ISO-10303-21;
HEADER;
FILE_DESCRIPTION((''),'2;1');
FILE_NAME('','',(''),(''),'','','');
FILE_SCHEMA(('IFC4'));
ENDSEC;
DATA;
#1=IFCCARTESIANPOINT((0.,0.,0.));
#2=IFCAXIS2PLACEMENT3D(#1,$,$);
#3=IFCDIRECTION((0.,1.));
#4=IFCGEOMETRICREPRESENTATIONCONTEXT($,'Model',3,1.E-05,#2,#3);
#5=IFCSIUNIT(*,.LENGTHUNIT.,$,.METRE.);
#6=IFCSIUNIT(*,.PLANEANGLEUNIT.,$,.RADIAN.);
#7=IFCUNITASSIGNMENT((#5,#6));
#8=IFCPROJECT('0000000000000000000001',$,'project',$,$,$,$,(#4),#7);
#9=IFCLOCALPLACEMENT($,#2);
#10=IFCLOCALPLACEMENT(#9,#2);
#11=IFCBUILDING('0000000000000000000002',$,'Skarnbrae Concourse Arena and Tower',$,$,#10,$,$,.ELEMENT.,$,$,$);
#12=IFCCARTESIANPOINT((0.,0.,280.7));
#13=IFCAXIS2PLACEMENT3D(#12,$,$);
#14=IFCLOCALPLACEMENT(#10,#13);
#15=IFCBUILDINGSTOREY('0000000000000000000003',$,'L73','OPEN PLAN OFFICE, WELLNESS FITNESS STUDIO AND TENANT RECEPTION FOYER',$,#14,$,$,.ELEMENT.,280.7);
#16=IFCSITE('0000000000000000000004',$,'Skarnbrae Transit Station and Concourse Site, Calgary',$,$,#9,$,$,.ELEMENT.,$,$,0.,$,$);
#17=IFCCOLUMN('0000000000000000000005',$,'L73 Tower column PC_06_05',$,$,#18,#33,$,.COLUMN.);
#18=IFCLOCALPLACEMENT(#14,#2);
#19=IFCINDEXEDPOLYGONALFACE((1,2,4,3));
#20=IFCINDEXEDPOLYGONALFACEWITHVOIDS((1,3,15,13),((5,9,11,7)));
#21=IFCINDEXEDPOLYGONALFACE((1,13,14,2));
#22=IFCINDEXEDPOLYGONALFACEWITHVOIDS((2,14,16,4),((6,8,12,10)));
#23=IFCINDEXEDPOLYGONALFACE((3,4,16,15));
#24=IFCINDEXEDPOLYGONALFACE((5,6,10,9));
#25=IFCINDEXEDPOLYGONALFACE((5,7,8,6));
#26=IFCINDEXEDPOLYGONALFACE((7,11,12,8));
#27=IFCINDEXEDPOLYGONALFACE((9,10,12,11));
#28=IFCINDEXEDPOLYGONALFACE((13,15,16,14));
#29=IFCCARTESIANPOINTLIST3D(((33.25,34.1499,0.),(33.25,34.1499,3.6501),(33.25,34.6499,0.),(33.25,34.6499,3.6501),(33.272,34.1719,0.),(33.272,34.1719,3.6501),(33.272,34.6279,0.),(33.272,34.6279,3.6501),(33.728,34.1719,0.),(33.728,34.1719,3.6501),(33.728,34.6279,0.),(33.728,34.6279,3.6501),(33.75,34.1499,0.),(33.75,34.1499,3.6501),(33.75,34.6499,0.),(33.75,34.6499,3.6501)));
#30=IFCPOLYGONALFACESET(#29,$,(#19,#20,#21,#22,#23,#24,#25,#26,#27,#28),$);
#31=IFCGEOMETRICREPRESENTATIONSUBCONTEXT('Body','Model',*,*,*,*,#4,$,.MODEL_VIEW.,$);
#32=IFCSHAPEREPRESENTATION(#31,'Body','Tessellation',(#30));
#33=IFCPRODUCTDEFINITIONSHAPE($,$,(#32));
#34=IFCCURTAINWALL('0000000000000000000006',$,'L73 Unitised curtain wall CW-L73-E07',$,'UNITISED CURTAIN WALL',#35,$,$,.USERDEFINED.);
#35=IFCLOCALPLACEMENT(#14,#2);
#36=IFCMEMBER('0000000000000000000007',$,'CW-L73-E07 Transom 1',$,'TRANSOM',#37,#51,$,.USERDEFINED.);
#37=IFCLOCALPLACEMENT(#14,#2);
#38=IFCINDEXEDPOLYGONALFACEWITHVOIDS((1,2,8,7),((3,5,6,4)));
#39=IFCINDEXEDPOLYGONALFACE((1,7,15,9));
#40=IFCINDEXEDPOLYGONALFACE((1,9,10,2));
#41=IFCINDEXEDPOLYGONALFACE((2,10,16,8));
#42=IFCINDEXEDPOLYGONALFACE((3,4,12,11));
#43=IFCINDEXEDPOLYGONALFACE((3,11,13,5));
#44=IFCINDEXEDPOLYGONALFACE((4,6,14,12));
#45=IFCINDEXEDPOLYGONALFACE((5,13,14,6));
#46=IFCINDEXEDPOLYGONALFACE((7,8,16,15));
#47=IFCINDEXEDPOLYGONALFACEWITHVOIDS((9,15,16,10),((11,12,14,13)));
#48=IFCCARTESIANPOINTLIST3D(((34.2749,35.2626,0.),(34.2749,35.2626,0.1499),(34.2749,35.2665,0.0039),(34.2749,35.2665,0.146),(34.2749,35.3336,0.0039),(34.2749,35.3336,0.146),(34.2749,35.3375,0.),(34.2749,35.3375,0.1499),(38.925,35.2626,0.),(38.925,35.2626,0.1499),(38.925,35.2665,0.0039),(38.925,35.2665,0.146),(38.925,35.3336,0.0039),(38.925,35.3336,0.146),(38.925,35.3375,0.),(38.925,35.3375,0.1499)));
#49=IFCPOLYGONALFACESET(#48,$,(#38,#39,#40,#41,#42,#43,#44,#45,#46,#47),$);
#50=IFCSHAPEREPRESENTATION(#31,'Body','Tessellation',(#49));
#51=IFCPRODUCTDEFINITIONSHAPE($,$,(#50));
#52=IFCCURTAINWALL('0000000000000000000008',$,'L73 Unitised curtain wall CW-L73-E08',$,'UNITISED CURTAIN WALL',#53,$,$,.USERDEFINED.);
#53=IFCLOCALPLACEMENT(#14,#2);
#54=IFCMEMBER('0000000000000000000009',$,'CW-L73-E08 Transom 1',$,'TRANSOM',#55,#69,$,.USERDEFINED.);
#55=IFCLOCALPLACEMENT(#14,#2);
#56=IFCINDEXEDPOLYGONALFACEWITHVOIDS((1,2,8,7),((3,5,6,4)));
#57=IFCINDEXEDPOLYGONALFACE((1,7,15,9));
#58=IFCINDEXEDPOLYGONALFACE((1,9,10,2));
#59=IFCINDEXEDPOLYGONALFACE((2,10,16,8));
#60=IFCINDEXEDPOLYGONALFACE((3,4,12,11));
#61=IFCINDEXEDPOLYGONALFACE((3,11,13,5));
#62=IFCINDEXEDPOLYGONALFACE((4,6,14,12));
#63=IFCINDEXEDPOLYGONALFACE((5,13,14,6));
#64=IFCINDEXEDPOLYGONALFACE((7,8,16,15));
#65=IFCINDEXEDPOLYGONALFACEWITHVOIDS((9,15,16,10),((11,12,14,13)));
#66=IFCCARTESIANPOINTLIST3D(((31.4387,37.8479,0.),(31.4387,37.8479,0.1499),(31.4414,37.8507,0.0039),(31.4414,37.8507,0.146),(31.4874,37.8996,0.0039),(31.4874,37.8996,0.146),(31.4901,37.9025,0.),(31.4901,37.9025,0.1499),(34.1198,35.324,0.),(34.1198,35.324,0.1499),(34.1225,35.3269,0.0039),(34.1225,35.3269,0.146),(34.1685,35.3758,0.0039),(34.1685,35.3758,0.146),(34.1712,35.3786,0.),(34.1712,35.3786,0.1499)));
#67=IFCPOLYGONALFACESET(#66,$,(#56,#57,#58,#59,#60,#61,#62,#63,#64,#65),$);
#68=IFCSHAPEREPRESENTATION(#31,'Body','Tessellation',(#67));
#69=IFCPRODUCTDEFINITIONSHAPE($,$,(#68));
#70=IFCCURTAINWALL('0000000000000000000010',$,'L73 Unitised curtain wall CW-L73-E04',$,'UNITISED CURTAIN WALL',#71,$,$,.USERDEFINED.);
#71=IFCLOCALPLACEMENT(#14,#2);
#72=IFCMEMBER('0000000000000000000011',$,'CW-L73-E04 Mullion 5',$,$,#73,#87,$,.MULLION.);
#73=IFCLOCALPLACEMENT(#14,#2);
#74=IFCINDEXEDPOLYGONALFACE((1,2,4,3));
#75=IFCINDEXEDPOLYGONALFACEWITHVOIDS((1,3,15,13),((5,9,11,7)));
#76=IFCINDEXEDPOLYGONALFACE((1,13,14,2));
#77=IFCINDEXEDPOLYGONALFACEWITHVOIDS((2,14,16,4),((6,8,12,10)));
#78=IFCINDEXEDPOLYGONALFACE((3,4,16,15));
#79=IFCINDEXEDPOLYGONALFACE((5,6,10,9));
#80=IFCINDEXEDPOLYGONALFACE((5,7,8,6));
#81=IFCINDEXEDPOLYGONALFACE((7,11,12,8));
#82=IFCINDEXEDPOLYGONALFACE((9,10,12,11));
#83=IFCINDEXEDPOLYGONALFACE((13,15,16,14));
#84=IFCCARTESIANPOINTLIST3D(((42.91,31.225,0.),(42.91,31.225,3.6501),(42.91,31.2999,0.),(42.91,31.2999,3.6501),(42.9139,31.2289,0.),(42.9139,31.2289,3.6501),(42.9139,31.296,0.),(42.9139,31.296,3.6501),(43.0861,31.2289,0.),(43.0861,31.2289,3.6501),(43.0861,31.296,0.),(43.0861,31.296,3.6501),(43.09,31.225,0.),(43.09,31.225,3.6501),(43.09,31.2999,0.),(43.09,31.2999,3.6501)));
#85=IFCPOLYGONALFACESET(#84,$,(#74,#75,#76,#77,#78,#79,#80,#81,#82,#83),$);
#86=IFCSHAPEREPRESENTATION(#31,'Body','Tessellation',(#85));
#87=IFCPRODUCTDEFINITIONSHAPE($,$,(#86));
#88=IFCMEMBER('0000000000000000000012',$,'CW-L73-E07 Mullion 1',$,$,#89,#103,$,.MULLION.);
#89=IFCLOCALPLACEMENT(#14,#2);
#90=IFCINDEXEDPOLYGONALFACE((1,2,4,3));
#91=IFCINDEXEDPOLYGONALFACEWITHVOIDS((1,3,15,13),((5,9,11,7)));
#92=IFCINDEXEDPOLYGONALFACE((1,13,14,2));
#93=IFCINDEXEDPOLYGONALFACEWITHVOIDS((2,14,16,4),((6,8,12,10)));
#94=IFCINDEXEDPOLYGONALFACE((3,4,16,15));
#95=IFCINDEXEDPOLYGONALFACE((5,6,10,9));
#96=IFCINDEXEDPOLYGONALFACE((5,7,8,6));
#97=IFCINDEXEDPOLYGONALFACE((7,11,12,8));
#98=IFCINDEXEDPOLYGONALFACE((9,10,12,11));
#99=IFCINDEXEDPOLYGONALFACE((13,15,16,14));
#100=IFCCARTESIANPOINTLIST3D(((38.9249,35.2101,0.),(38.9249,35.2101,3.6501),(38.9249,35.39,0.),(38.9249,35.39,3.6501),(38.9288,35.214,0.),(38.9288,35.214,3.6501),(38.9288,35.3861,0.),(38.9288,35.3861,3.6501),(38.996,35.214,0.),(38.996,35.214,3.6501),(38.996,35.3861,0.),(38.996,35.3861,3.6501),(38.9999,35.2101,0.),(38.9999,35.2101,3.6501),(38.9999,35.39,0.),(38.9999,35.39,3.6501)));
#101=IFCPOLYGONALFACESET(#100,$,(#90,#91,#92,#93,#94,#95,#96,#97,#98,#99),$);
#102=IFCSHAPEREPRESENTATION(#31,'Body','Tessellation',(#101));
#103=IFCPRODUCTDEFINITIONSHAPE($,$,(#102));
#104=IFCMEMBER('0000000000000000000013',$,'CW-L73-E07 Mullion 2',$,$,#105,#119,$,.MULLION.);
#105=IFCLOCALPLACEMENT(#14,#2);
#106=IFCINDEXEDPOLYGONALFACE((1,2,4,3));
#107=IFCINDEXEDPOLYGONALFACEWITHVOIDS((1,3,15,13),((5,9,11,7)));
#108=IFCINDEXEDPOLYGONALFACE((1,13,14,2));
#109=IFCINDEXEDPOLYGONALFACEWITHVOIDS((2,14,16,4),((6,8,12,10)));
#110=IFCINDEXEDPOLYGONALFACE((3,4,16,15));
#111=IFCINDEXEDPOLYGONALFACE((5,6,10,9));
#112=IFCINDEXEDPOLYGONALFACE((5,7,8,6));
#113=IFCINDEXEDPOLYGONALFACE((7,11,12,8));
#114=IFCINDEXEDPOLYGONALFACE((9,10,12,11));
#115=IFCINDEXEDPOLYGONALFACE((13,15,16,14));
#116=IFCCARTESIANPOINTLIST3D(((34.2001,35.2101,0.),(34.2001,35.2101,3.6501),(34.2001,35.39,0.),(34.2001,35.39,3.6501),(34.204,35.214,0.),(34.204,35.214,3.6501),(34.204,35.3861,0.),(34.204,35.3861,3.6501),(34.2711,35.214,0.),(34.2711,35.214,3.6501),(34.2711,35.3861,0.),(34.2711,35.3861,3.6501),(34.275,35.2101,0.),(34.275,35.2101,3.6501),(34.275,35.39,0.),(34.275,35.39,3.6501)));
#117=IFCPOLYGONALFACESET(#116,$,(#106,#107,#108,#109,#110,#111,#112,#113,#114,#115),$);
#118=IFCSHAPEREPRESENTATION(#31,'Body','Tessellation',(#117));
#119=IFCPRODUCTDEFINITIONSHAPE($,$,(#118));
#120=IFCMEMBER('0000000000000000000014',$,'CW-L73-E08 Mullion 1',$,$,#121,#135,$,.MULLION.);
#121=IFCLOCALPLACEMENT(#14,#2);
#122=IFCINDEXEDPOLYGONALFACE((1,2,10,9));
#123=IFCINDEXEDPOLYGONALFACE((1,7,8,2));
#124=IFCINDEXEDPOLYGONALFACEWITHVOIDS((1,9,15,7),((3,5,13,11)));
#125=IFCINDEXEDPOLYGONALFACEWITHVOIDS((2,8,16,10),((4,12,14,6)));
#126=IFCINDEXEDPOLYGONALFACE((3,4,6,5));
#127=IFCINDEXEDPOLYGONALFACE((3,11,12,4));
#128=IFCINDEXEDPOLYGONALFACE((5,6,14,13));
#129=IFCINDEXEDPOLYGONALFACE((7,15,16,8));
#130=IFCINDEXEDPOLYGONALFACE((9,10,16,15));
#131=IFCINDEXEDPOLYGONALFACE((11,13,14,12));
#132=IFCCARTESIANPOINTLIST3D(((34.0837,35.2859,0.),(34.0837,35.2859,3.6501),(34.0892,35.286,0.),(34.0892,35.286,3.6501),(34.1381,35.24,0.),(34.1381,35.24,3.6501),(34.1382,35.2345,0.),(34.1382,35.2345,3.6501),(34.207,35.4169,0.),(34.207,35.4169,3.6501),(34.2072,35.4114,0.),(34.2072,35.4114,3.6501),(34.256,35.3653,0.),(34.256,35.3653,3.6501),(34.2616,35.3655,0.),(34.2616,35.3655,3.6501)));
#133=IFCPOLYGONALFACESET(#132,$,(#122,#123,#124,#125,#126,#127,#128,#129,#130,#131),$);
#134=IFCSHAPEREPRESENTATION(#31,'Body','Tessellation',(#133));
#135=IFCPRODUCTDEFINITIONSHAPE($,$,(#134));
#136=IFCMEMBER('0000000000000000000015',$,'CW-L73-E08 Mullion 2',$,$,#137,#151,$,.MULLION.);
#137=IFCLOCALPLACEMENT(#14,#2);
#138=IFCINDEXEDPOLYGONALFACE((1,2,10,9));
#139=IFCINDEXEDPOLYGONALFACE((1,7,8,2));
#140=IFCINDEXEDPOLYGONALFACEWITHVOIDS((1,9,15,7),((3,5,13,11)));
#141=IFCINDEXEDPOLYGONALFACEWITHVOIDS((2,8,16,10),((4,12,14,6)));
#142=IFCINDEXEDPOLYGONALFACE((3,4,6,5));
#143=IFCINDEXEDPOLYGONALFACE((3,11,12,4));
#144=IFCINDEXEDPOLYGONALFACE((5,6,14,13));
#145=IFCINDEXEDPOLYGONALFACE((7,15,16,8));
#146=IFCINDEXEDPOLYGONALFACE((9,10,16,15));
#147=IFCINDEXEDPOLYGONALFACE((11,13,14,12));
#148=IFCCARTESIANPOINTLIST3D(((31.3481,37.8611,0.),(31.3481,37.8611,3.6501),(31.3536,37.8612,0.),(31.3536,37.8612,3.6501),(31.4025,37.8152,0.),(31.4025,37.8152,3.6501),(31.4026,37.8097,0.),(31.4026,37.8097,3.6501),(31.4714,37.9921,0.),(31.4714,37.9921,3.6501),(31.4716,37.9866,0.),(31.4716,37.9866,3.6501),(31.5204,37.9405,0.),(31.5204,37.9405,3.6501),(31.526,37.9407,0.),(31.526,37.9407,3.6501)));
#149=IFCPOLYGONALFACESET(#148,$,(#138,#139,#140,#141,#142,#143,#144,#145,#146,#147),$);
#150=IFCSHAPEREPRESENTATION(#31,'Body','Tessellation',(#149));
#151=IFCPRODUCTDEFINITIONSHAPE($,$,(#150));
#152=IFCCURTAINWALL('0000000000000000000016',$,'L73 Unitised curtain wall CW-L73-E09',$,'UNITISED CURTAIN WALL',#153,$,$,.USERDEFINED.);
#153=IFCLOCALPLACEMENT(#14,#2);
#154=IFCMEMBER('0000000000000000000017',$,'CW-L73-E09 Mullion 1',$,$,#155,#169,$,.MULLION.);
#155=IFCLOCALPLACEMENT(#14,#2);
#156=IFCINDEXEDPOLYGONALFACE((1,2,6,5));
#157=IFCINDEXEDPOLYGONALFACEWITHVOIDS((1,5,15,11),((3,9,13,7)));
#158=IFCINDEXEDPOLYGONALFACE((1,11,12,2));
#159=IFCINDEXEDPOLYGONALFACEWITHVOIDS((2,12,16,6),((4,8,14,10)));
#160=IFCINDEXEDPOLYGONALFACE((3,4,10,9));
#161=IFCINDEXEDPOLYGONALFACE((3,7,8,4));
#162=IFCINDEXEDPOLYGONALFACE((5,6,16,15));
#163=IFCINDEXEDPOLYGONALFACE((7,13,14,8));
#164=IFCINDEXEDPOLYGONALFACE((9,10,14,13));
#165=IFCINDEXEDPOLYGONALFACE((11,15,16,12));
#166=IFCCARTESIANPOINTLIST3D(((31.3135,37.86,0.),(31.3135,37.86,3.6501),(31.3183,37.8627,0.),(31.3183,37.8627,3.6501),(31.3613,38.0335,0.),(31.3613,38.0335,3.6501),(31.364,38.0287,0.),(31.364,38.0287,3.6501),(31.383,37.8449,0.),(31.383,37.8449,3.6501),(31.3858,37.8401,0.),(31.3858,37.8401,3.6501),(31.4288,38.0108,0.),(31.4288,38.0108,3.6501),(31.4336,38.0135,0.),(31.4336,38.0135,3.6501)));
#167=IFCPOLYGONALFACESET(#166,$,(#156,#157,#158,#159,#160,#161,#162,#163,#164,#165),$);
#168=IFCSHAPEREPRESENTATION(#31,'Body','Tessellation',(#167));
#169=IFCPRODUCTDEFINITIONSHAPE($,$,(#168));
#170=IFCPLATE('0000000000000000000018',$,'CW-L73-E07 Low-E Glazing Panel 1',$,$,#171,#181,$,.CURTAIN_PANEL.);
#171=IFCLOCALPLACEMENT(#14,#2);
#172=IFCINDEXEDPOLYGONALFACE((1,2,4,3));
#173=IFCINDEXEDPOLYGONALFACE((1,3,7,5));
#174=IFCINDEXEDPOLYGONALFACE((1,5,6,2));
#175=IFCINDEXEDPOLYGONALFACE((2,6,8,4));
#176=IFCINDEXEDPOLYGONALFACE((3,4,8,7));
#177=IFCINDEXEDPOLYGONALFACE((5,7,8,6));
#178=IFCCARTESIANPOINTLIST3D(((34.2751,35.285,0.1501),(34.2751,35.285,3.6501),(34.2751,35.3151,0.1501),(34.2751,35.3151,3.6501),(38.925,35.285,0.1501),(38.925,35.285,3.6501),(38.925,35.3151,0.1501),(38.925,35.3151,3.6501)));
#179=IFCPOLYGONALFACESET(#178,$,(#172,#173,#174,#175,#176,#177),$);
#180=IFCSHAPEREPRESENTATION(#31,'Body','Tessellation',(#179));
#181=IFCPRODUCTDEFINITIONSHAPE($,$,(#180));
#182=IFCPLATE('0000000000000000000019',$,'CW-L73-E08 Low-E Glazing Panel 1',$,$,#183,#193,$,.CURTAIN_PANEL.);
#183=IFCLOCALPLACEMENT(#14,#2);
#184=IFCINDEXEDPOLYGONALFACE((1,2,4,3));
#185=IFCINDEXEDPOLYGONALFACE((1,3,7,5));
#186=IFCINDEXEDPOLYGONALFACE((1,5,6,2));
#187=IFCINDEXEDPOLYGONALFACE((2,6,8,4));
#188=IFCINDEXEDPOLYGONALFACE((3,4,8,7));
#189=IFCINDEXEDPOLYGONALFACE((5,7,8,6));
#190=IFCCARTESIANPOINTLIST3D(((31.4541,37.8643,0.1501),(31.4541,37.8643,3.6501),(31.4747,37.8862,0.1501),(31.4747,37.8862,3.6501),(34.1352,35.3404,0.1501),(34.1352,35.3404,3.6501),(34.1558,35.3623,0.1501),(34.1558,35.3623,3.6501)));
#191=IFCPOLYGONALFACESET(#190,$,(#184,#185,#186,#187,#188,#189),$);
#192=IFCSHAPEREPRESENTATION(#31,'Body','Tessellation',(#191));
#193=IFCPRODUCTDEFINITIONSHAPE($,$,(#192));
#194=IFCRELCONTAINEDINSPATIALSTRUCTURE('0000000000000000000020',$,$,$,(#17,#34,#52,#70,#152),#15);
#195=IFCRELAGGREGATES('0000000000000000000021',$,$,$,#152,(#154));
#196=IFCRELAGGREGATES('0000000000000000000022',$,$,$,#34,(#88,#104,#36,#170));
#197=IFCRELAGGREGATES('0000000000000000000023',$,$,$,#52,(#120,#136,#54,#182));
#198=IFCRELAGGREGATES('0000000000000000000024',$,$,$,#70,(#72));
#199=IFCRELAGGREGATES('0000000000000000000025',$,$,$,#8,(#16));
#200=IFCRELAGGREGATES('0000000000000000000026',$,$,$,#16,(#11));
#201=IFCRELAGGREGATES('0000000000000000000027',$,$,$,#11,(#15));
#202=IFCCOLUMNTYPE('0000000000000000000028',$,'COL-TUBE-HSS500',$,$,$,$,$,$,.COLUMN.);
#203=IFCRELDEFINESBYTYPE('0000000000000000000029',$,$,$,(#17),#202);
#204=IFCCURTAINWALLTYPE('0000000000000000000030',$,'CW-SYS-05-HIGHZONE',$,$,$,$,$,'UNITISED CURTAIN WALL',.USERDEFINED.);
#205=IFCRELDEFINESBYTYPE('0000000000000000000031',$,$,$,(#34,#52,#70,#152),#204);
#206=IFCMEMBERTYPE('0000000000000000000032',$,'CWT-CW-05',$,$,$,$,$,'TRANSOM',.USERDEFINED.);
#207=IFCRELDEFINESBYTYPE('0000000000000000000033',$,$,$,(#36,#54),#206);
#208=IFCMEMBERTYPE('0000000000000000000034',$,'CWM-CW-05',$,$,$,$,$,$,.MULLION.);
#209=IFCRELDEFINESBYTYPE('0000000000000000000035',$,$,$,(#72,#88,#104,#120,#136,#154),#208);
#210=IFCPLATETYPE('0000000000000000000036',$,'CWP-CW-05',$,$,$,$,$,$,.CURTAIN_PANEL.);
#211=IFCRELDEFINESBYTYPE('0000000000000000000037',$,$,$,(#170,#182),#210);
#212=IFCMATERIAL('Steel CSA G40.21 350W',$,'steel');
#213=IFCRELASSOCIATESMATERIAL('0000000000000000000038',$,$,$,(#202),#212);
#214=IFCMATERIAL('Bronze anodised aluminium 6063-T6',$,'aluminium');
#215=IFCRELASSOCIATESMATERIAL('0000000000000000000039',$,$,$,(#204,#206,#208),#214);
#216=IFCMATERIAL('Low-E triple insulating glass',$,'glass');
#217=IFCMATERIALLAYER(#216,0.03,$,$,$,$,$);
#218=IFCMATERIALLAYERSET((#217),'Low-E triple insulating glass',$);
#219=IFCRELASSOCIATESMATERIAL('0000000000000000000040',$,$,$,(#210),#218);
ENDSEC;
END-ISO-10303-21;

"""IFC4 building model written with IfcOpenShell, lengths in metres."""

from ifc_helpers import new_model, si_unit, direction, frame, origin, origin_2d, place, context, subcontext, project, spatial, rectangle, hollow_rectangle, extrude, source, transform, mapped, material, layer, layer_set, material_profile, profile_set, type_object, element, aggregate, save


model = new_model("IFC4")

# Units and contexts
model_context = context("Model", 3, precision=1e-05, world=origin(), true_north=direction((0.0, 1.0)))
body_context = subcontext(model_context, "Body", "Model", "MODEL_VIEW")
ifc_project = project(units=[si_unit("LENGTHUNIT", "METRE"), si_unit("PLANEANGLEUNIT", "RADIAN")], contexts=[model_context])

# Site, building, storey
site_placement = place(None, origin())
site = spatial("IfcSite", under=ifc_project, at=site_placement, Name="Skarnbrae Transit Station and Concourse Site, Calgary", CompositionType="ELEMENT", RefElevation=0.0)
building_placement = place(site_placement, origin())
building = spatial("IfcBuilding", under=site, at=building_placement, Name="Skarnbrae Concourse Arena and Tower", CompositionType="ELEMENT")
storey_placement = place(building_placement, frame((0.0, 0.0, 280.7)))
storey = spatial("IfcBuildingStorey", under=building, at=storey_placement, Name="L73", Description="OPEN PLAN OFFICE, WELLNESS FITNESS STUDIO AND TENANT RECEPTION FOYER", CompositionType="ELEMENT", Elevation=280.7)

# Column
ifc_material_1 = material(Name="Steel CSA G40.21 350W", Category="steel")
ifc_material_profile_1 = material_profile(ifc_material_1, hollow_rectangle(XDim=0.5, YDim=0.5, WallThickness=0.022, at=origin_2d()), Name="HSS500X500X22.0")
ifc_profile_set_1 = profile_set([ifc_material_profile_1], Name="Steel CSA G40.21 350W")
column_type = type_object("IfcColumnType", Name="COL-TUBE-HSS500", PredefinedType="COLUMN", material=ifc_profile_set_1)
shared_shape_1 = source(origin(), body_context, "Body", "SweptSolid", [
    extrude(hollow_rectangle(XDim=0.5, YDim=0.5, WallThickness=0.022, at=origin_2d()), origin(), (0.0, 0.0, 1.0), 3.6501),
])
column_placement = place(storey_placement, frame((33.5, 34.3999, 0.0), z_axis=(0.0, 0.0, 1.0), x_axis=(1.0, 0.0, 0.0)))
element("IfcColumn", 1, at=column_placement, inside=storey, type_object=column_type, Name="L73 Tower column PC_06_05", PredefinedType="COLUMN", context=body_context, shape_type="MappedRepresentation", body=[
    mapped(shared_shape_1, transform((0.0, 0.0, 0.0))),
])

# Curtain walls, members
ifc_material_2 = material(Name="Bronze anodised aluminium 6063-T6", Category="aluminium")
curtain_wall_type = type_object("IfcCurtainWallType", Name="CW-SYS-05-HIGHZONE", ElementType="UNITISED CURTAIN WALL", PredefinedType="USERDEFINED", material=ifc_material_2)
curtain_wall_1_placement = place(storey_placement, origin())
curtain_wall_1 = element("IfcCurtainWall", 2, at=curtain_wall_1_placement, inside=storey, type_object=curtain_wall_type, Name="L73 Unitised curtain wall CW-L73-E07", ObjectType="UNITISED CURTAIN WALL", PredefinedType="USERDEFINED")
ifc_material_profile_2 = material_profile(ifc_material_2, hollow_rectangle(XDim=0.075, YDim=0.1499, WallThickness=0.0039, at=origin_2d()), Name="ALU-TRAN-75X150")
ifc_profile_set_2 = profile_set([ifc_material_profile_2], Name="Bronze anodised aluminium 6063-T6")
member_type_1 = type_object("IfcMemberType", Name="CWT-CW-05", ElementType="TRANSOM", PredefinedType="USERDEFINED", material=ifc_profile_set_2)
shared_shape_2 = source(origin(), body_context, "Body", "SweptSolid", [
    extrude(hollow_rectangle(XDim=0.075, YDim=0.1499, WallThickness=0.0039, at=origin_2d()), origin(), (0.0, 0.0, 1.0), 4.6501),
])
member_1_placement = place(storey_placement, frame((38.925, 35.3, 0.075), z_axis=(-1.0, 0.0, 0.0), x_axis=(0.0, -1.0, 0.0)))
member_1 = element("IfcMember", 3, at=member_1_placement, type_object=member_type_1, Name="CW-L73-E07 Transom 1", ObjectType="TRANSOM", PredefinedType="USERDEFINED", context=body_context, shape_type="MappedRepresentation", body=[
    mapped(shared_shape_2, transform((0.0, 0.0, 0.0))),
])
curtain_wall_2_placement = place(storey_placement, origin())
curtain_wall_2 = element("IfcCurtainWall", 4, at=curtain_wall_2_placement, inside=storey, type_object=curtain_wall_type, Name="L73 Unitised curtain wall CW-L73-E08", ObjectType="UNITISED CURTAIN WALL", PredefinedType="USERDEFINED")
shared_shape_3 = source(origin(), body_context, "Body", "SweptSolid", [
    extrude(hollow_rectangle(XDim=0.075, YDim=0.1499, WallThickness=0.0039, at=origin_2d()), origin(), (0.0, 0.0, 1.0), 3.6821),
])
member_2_placement = place(storey_placement, frame((34.1455, 35.3513, 0.075), z_axis=(-0.728134, 0.685435, 0.0), x_axis=(-0.685435, -0.728134, 0.0)))
member_2 = element("IfcMember", 5, at=member_2_placement, type_object=member_type_1, Name="CW-L73-E08 Transom 1", ObjectType="TRANSOM", PredefinedType="USERDEFINED", context=body_context, shape_type="MappedRepresentation", body=[
    mapped(shared_shape_3, transform((0.0, 0.0, 0.0))),
])
curtain_wall_3_placement = place(storey_placement, origin())
curtain_wall_3 = element("IfcCurtainWall", 6, at=curtain_wall_3_placement, inside=storey, type_object=curtain_wall_type, Name="L73 Unitised curtain wall CW-L73-E04", ObjectType="UNITISED CURTAIN WALL", PredefinedType="USERDEFINED")
ifc_material_profile_3 = material_profile(ifc_material_2, hollow_rectangle(XDim=0.075, YDim=0.1799, WallThickness=0.0039, at=origin_2d()), Name="ALU-MULL-75X180")
ifc_profile_set_3 = profile_set([ifc_material_profile_3], Name="Bronze anodised aluminium 6063-T6")
member_type_2 = type_object("IfcMemberType", Name="CWM-CW-05", PredefinedType="MULLION", material=ifc_profile_set_3)
shared_shape_4 = source(origin(), body_context, "Body", "SweptSolid", [
    extrude(hollow_rectangle(XDim=0.075, YDim=0.1799, WallThickness=0.0039, at=origin_2d()), origin(), (0.0, 0.0, 1.0), 3.6501),
])
member_3_placement = place(storey_placement, frame((43.0, 31.2625, 0.0), z_axis=(0.0, 0.0, 1.0), x_axis=(0.0, 1.0, 0.0)))
member_3 = element("IfcMember", 7, at=member_3_placement, type_object=member_type_2, Name="CW-L73-E04 Mullion 5", PredefinedType="MULLION", context=body_context, shape_type="MappedRepresentation", body=[
    mapped(shared_shape_4, transform((0.0, 0.0, 0.0))),
])

# Members
member_4_placement = place(storey_placement, frame((38.9624, 35.3, 0.0), z_axis=(0.0, 0.0, 1.0), x_axis=(-1.0, 0.0, 0.0)))
member_4 = element("IfcMember", 8, at=member_4_placement, type_object=member_type_2, Name="CW-L73-E07 Mullion 1", PredefinedType="MULLION", context=body_context, shape_type="MappedRepresentation", body=[
    mapped(shared_shape_4, transform((0.0, 0.0, 0.0))),
])
member_5_placement = place(storey_placement, frame((34.2375, 35.3, 0.0), z_axis=(0.0, 0.0, 1.0), x_axis=(-1.0, 0.0, 0.0)))
member_5 = element("IfcMember", 9, at=member_5_placement, type_object=member_type_2, Name="CW-L73-E07 Mullion 2", PredefinedType="MULLION", context=body_context, shape_type="MappedRepresentation", body=[
    mapped(shared_shape_4, transform((0.0, 0.0, 0.0))),
])
member_6_placement = place(storey_placement, frame((34.1726, 35.3257, 0.0), z_axis=(0.0, 0.0, 1.0), x_axis=(-0.728131, 0.685438, 0.0)))
member_6 = element("IfcMember", 10, at=member_6_placement, type_object=member_type_2, Name="CW-L73-E08 Mullion 1", PredefinedType="MULLION", context=body_context, shape_type="MappedRepresentation", body=[
    mapped(shared_shape_4, transform((0.0, 0.0, 0.0))),
])
member_7_placement = place(storey_placement, frame((31.437, 37.9009, 0.0), z_axis=(0.0, 0.0, 1.0), x_axis=(-0.728131, 0.685438, 0.0)))
member_7 = element("IfcMember", 11, at=member_7_placement, type_object=member_type_2, Name="CW-L73-E08 Mullion 2", PredefinedType="MULLION", context=body_context, shape_type="MappedRepresentation", body=[
    mapped(shared_shape_4, transform((0.0, 0.0, 0.0))),
])

# Curtain wall, member
curtain_wall_4_placement = place(storey_placement, origin())
curtain_wall_4 = element("IfcCurtainWall", 12, at=curtain_wall_4_placement, inside=storey, type_object=curtain_wall_type, Name="L73 Unitised curtain wall CW-L73-E09", ObjectType="UNITISED CURTAIN WALL", PredefinedType="USERDEFINED")
member_8_placement = place(storey_placement, frame((31.3735, 37.9368, 0.0), z_axis=(0.0, 0.0, 1.0), x_axis=(-0.964057, 0.265694, 0.0)))
member_8 = element("IfcMember", 13, at=member_8_placement, type_object=member_type_2, Name="CW-L73-E09 Mullion 1", PredefinedType="MULLION", context=body_context, shape_type="MappedRepresentation", body=[
    mapped(shared_shape_4, transform((0.0, 0.0, 0.0))),
])
aggregate(curtain_wall_4, [member_8])

# Plates
ifc_material_3 = material(Name="Low-E triple insulating glass", Category="glass")
ifc_layer_1 = layer(ifc_material_3, 0.03)
ifc_layer_set_1 = layer_set([ifc_layer_1], Name="Low-E triple insulating glass")
plate_type = type_object("IfcPlateType", Name="CWP-CW-05", PredefinedType="CURTAIN_PANEL", material=ifc_layer_set_1)
shared_shape_5 = source(origin(), body_context, "Body", "SweptSolid", [
    extrude(rectangle(XDim=4.6499, YDim=0.03, at=origin_2d()), origin(), (0.0, 0.0, 1.0), 3.5),
])
plate_1_placement = place(storey_placement, frame((36.6001, 35.3, 0.1501), z_axis=(0.0, 0.0, 1.0), x_axis=(-1.0, 0.0, 0.0)))
plate_1 = element("IfcPlate", 14, at=plate_1_placement, type_object=plate_type, Name="CW-L73-E07 Low-E Glazing Panel 1", PredefinedType="CURTAIN_PANEL", context=body_context, shape_type="MappedRepresentation", body=[
    mapped(shared_shape_5, transform((0.0, 0.0, 0.0))),
])
aggregate(curtain_wall_1, [member_4, member_5, member_1, plate_1])
shared_shape_6 = source(origin(), body_context, "Body", "SweptSolid", [
    extrude(rectangle(XDim=3.6821, YDim=0.03, at=origin_2d()), origin(), (0.0, 0.0, 1.0), 3.5),
])
plate_2_placement = place(storey_placement, frame((32.8049, 36.6133, 0.1501), z_axis=(0.0, 0.0, 1.0), x_axis=(-0.728131, 0.685438, 0.0)))
plate_2 = element("IfcPlate", 15, at=plate_2_placement, type_object=plate_type, Name="CW-L73-E08 Low-E Glazing Panel 1", PredefinedType="CURTAIN_PANEL", context=body_context, shape_type="MappedRepresentation", body=[
    mapped(shared_shape_6, transform((0.0, 0.0, 0.0))),
])
aggregate(curtain_wall_2, [member_6, member_7, member_2, plate_2])
aggregate(curtain_wall_3, [member_3])

save(model, "model.ifc")
